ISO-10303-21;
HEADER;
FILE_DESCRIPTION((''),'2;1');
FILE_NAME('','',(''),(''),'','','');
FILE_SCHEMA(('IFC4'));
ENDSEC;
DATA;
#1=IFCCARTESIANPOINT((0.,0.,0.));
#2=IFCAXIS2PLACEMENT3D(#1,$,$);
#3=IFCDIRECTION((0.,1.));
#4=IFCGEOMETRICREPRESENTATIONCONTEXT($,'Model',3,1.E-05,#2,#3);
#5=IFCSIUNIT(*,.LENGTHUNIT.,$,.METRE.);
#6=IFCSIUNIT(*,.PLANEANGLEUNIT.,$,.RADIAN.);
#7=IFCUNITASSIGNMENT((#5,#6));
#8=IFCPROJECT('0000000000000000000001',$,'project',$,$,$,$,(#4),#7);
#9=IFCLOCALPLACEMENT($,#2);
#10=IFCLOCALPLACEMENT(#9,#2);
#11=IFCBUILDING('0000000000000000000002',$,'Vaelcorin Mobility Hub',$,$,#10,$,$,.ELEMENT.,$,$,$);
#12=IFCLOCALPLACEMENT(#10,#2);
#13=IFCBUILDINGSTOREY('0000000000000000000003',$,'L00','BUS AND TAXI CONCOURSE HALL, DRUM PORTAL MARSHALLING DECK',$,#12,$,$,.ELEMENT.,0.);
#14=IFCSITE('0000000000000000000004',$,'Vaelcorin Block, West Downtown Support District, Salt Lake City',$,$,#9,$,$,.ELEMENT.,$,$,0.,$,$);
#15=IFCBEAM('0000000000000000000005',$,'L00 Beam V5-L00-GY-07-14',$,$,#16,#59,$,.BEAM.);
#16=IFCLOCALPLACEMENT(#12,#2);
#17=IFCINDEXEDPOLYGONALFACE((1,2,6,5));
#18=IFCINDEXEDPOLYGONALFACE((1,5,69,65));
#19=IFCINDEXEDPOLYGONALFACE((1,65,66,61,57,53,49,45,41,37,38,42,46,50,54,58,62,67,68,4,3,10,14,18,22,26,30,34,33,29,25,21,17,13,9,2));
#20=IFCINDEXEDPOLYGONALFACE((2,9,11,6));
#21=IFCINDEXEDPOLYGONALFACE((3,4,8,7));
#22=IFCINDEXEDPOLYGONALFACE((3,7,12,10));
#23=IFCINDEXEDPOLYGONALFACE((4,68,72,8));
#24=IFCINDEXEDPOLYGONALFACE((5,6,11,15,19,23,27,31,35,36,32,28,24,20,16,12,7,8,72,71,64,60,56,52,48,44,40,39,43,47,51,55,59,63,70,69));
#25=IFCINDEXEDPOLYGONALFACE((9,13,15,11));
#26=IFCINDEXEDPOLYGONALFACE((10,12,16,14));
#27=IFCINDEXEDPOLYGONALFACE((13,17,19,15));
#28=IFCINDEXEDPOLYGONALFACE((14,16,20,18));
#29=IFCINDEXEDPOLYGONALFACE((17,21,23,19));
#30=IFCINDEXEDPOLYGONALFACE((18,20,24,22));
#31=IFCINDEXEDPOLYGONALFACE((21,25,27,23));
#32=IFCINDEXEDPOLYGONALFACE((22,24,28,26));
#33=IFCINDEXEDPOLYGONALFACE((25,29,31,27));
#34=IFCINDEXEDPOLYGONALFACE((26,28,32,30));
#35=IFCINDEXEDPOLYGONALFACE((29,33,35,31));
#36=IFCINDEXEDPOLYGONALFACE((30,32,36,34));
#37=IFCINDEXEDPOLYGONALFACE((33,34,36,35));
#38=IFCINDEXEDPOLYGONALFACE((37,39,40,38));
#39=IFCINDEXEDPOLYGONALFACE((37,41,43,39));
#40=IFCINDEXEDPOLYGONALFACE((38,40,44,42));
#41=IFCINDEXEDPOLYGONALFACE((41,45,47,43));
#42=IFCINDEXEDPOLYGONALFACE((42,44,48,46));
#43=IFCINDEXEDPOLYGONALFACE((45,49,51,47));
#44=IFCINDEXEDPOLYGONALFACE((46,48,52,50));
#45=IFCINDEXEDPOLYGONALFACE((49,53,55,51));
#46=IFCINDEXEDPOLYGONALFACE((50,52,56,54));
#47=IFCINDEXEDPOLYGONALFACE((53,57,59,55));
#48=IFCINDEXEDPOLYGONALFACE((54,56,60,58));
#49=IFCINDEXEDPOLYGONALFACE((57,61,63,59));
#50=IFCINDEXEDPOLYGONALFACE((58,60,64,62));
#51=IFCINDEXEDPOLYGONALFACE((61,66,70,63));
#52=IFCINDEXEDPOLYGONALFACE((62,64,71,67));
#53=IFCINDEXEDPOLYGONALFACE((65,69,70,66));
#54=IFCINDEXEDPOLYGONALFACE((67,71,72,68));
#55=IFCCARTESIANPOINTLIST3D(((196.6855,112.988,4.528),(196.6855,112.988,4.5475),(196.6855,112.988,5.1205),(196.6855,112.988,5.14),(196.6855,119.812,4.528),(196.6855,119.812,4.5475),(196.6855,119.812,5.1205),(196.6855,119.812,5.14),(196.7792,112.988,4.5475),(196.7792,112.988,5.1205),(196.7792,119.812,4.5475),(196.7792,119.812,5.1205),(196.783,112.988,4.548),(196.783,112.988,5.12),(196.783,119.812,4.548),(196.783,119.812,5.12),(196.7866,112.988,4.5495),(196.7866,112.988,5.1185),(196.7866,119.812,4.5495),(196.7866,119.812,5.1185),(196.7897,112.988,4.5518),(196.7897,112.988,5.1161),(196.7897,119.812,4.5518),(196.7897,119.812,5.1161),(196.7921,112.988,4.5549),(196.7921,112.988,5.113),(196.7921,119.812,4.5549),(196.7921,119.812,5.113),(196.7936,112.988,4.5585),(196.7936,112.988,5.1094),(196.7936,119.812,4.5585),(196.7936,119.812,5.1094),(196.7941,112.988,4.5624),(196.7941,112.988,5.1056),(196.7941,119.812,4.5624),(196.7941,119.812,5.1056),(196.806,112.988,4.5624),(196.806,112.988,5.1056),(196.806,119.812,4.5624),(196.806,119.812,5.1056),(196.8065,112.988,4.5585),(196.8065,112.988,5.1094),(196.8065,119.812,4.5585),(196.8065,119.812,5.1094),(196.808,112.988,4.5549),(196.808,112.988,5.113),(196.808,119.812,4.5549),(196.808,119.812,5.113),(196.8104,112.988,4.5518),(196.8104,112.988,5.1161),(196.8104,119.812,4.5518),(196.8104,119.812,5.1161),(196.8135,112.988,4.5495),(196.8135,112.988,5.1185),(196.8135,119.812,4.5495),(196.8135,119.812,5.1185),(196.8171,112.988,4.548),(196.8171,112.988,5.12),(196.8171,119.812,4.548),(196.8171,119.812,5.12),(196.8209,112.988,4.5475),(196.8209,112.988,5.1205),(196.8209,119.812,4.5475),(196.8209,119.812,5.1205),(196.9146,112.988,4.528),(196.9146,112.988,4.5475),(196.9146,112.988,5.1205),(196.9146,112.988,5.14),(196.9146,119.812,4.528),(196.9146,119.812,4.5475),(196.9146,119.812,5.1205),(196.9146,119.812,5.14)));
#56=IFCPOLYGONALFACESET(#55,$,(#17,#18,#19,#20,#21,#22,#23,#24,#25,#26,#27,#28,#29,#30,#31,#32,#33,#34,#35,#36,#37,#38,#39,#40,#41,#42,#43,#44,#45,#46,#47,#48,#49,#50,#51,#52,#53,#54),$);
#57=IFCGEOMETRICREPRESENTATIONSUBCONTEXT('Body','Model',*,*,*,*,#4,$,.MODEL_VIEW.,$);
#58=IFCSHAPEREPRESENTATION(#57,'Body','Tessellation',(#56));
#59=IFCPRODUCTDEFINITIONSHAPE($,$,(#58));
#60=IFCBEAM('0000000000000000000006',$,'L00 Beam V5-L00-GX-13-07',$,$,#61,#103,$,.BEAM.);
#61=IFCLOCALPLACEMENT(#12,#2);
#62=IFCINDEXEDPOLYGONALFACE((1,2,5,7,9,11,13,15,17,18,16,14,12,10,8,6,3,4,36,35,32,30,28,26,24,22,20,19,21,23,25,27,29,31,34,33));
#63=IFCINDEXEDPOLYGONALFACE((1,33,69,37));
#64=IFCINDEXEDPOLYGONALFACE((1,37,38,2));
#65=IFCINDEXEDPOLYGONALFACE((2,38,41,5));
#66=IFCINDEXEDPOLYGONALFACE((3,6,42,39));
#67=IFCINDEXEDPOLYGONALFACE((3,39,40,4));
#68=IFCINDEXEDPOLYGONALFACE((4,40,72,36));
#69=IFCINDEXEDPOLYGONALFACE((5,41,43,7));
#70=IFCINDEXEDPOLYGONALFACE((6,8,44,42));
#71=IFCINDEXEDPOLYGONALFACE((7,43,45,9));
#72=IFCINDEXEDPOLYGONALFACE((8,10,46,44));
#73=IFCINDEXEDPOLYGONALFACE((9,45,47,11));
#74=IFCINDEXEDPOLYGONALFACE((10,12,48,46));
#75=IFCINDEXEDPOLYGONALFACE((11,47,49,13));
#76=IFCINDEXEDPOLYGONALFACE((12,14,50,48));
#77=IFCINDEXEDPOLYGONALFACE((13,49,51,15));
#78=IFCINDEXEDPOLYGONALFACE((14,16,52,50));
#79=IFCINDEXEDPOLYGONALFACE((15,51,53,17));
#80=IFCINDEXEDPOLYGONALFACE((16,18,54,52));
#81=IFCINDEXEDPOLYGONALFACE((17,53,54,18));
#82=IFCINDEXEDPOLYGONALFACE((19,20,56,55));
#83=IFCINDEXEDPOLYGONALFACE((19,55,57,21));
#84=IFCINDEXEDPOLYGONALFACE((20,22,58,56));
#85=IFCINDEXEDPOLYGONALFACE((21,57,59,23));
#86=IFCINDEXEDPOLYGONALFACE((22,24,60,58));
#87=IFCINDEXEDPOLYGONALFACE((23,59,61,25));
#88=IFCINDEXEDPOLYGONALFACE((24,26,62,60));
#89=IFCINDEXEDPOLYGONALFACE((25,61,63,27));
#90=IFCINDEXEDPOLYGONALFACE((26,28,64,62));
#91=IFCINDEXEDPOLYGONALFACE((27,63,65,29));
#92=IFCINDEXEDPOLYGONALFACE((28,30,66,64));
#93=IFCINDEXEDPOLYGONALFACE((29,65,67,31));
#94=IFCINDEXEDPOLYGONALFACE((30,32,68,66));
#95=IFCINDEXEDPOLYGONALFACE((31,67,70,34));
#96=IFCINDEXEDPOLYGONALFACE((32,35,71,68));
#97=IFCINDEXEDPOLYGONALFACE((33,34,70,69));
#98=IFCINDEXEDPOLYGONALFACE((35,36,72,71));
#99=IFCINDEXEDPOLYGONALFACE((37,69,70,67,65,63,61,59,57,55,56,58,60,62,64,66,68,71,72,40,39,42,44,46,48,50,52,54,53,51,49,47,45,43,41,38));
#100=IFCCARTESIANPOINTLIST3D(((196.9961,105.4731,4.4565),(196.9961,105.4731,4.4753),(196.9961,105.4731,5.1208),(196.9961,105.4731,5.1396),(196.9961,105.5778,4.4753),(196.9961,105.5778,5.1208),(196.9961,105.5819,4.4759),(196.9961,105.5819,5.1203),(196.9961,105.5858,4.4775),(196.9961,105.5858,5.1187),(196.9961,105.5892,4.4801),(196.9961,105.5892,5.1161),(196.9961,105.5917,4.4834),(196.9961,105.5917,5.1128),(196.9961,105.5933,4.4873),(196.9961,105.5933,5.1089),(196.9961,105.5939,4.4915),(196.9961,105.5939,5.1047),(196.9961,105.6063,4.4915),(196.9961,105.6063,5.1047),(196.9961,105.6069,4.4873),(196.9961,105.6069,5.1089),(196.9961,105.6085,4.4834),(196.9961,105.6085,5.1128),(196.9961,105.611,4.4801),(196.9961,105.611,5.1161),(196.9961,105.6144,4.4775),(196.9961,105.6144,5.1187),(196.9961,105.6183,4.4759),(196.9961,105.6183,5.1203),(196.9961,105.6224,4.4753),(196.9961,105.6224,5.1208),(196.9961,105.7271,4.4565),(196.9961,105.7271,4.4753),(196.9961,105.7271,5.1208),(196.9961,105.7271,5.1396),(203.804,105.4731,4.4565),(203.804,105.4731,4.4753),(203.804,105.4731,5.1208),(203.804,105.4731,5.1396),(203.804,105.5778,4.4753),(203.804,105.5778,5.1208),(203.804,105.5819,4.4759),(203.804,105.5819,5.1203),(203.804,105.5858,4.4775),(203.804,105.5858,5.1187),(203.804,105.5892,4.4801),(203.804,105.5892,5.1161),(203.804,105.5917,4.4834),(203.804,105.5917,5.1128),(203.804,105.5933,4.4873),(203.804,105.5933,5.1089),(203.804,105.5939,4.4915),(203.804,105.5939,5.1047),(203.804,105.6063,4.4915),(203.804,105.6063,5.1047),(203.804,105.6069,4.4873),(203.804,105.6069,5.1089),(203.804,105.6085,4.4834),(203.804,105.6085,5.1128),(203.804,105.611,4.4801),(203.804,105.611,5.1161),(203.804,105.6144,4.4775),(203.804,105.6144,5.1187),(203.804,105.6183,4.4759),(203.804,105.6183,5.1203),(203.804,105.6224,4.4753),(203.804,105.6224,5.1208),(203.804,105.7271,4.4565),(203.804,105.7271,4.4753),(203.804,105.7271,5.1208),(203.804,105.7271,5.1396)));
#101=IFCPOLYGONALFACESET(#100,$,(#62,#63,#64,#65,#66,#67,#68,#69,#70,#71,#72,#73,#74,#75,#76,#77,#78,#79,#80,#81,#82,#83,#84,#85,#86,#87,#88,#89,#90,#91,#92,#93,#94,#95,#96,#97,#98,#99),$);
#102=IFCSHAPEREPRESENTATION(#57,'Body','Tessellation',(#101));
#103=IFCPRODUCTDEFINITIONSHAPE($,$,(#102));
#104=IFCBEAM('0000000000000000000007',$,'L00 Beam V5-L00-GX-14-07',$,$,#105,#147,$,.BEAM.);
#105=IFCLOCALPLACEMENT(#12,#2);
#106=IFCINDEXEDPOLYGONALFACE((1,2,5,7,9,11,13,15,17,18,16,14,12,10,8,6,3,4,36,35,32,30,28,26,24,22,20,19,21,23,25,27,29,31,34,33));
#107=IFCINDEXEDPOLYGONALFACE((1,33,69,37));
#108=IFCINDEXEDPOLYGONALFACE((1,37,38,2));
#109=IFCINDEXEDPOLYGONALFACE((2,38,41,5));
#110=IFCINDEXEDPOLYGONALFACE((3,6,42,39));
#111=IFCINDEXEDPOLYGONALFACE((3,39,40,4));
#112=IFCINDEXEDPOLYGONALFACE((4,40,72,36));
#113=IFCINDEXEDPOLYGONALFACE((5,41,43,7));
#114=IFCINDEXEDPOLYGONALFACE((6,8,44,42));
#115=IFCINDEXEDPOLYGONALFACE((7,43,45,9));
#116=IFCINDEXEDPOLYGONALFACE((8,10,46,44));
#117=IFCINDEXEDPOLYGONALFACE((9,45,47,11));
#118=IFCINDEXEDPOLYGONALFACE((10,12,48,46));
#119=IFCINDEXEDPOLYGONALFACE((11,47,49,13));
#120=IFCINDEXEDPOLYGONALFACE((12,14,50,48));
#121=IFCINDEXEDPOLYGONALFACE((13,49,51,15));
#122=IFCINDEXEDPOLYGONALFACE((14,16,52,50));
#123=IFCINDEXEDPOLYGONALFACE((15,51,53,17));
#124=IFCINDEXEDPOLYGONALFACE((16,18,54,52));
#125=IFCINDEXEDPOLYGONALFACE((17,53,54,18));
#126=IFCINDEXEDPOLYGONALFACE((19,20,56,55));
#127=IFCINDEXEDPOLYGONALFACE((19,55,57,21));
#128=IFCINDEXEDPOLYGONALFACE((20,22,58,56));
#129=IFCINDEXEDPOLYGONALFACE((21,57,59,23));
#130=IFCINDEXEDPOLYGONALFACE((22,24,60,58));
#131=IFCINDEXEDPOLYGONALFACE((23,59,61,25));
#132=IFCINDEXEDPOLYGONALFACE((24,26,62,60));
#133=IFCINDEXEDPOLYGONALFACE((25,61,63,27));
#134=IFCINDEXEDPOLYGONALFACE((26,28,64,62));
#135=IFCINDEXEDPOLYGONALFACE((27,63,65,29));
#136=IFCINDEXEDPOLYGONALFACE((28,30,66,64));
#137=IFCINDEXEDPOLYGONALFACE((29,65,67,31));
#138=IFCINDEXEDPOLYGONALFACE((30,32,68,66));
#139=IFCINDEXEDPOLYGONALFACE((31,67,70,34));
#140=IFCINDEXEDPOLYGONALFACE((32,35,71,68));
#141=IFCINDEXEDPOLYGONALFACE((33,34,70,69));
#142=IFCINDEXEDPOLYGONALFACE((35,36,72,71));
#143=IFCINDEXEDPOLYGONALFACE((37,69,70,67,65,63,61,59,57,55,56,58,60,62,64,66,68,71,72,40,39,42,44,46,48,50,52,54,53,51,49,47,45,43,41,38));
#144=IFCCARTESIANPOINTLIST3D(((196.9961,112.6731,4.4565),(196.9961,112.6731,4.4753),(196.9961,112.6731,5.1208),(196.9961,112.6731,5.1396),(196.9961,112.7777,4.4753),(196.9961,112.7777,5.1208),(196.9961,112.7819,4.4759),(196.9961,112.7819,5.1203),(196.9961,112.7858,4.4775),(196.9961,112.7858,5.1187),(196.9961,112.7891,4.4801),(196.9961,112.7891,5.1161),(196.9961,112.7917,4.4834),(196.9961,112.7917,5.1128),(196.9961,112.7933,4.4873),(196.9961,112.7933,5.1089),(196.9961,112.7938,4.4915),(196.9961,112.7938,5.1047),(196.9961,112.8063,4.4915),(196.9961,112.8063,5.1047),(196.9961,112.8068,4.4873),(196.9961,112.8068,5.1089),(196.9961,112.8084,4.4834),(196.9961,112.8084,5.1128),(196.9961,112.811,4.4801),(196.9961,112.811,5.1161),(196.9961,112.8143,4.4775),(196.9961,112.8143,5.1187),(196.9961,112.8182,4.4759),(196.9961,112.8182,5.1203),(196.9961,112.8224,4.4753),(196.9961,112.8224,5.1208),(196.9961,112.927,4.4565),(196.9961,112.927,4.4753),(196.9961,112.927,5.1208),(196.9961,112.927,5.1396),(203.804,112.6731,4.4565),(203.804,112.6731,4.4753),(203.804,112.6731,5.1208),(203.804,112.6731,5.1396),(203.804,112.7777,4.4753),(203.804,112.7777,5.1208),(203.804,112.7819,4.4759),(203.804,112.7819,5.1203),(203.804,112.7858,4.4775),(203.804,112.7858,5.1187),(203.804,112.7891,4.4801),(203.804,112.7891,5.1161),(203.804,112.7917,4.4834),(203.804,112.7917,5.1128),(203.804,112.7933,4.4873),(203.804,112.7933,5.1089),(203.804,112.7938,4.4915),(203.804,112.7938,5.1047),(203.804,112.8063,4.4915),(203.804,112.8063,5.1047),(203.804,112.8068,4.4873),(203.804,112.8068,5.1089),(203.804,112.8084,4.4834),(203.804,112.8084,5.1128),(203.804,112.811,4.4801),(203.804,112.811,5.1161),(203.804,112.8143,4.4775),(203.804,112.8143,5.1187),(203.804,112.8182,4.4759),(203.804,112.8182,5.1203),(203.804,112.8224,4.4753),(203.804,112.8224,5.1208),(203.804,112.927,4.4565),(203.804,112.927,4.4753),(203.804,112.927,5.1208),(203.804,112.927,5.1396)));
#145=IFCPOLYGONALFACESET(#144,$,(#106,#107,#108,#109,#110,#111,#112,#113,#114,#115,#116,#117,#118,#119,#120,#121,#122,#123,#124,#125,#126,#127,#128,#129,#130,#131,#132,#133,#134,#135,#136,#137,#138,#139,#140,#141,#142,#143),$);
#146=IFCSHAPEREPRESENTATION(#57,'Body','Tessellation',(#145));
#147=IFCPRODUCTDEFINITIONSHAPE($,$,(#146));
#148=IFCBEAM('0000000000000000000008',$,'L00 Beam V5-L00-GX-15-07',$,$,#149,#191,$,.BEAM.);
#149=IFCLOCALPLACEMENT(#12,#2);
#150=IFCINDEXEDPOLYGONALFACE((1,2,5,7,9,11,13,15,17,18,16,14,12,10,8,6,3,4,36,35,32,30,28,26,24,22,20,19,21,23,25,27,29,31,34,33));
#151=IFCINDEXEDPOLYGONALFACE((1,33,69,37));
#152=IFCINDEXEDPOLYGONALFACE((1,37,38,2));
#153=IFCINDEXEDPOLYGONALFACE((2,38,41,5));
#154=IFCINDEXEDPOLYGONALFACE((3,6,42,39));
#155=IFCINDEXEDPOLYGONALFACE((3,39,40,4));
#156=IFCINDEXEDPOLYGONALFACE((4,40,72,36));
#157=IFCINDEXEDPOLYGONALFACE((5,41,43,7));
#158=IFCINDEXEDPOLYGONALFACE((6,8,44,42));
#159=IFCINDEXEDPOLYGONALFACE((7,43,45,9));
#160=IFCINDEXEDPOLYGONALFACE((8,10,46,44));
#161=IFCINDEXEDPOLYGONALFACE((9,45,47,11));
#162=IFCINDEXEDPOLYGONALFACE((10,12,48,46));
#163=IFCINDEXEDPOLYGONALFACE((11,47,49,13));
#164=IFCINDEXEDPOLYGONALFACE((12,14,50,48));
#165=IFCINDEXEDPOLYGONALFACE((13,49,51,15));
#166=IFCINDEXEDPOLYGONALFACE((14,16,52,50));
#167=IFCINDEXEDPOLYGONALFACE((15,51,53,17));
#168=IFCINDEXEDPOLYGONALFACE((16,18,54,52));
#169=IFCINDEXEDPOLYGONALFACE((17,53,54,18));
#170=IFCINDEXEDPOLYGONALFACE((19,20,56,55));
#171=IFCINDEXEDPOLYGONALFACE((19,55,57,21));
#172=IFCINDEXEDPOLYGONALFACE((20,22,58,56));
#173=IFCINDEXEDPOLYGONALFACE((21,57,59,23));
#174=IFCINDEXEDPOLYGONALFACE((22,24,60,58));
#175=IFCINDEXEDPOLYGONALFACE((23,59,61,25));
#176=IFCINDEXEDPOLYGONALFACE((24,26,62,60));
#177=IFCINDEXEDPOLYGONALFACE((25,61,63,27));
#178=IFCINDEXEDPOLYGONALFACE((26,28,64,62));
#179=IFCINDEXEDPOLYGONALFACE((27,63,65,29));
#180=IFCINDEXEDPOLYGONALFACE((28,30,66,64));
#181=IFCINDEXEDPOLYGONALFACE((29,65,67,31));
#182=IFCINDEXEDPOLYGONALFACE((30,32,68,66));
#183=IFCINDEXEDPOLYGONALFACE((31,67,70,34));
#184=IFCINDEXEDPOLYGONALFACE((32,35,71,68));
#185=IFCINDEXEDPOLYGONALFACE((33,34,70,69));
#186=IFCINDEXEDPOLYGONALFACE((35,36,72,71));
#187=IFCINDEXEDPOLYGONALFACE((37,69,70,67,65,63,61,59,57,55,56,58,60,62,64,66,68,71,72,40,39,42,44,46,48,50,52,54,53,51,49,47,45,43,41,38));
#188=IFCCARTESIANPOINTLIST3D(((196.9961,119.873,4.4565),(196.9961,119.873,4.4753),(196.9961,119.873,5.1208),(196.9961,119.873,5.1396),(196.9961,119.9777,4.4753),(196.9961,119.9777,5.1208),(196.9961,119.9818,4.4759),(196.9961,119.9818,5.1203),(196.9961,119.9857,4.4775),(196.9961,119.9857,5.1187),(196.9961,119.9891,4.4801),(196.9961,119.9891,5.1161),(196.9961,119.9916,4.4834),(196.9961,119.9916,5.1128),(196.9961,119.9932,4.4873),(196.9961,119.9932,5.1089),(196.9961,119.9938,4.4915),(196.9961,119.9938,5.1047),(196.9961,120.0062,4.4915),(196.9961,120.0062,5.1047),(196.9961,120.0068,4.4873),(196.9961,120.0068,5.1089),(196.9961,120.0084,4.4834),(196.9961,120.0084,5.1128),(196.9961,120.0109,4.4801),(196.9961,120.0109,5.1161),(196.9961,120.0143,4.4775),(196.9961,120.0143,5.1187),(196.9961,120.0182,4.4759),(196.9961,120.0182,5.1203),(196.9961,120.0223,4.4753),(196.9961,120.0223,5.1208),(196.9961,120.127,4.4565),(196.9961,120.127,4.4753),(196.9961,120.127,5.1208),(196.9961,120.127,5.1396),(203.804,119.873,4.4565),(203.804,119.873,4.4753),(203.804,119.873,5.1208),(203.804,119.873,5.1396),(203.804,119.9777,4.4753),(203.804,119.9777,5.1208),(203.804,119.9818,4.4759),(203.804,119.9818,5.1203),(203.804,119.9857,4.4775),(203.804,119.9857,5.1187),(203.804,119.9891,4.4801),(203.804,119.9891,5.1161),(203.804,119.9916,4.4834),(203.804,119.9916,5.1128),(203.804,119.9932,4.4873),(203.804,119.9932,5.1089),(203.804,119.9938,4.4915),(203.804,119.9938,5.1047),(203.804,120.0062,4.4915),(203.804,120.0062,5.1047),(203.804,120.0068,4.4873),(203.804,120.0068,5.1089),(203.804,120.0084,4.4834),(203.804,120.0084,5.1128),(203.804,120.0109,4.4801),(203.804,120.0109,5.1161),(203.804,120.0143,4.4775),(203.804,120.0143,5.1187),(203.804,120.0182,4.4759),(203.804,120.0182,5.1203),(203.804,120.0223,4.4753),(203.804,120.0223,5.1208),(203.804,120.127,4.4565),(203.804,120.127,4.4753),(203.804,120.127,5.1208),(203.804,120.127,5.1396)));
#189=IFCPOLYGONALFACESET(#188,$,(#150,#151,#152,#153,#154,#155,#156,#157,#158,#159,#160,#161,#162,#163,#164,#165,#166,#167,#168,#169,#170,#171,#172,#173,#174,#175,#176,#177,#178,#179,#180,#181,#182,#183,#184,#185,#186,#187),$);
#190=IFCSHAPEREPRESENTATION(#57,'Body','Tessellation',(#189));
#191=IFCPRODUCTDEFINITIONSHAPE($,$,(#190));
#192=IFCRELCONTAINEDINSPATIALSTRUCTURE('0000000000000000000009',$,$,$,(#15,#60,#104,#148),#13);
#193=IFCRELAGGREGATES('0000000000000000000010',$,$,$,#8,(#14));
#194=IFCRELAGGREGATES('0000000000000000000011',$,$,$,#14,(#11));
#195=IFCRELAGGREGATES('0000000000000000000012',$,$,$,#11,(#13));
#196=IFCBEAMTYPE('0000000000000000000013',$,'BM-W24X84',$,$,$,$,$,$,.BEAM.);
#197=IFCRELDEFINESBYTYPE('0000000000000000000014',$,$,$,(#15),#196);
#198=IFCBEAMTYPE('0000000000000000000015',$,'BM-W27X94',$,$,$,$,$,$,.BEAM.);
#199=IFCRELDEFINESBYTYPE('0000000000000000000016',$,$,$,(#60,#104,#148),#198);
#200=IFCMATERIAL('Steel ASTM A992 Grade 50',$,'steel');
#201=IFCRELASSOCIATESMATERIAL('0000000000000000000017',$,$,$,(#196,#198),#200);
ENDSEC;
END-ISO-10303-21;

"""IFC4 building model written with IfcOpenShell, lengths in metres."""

from ifc_helpers import new_model, si_unit, direction, frame, origin, origin_2d, place, context, subcontext, project, spatial, i_section, extrude, material, material_profile, profile_set, type_object, element, save


model = new_model("IFC4")

# Units and contexts
model_context = context("Model", 3, precision=1e-05, world=origin(), true_north=direction((0.0, 1.0)))
body_context = subcontext(model_context, "Body", "Model", "MODEL_VIEW")
ifc_project = project(units=[si_unit("LENGTHUNIT", "METRE"), si_unit("PLANEANGLEUNIT", "RADIAN")], contexts=[model_context])

# Site, building, storey
site_placement = place(None, origin())
site = spatial("IfcSite", under=ifc_project, at=site_placement, Name="Vaelcorin Block, West Downtown Support District, Salt Lake City", CompositionType="ELEMENT", RefElevation=0.0)
building_placement = place(site_placement, origin())
building = spatial("IfcBuilding", under=site, at=building_placement, Name="Vaelcorin Mobility Hub", CompositionType="ELEMENT")
storey_placement = place(building_placement, origin())
storey = spatial("IfcBuildingStorey", under=building, at=storey_placement, Name="L00", Description="BUS AND TAXI CONCOURSE HALL, DRUM PORTAL MARSHALLING DECK", CompositionType="ELEMENT", Elevation=0.0)

# Shared definitions
ifc_material_1 = material(Name="Steel ASTM A992 Grade 50", Category="steel")

# Beams
ifc_material_profile_1 = material_profile(ifc_material_1, i_section(OverallWidth=0.229, OverallDepth=0.6121, WebThickness=0.012, FlangeThickness=0.0195, FilletRadius=0.0149, at=origin_2d()), Name="W24X84")
ifc_profile_set_1 = profile_set([ifc_material_profile_1], Name="Steel ASTM A992 Grade 50")
beam_type_1 = type_object("IfcBeamType", Name="BM-W24X84", PredefinedType="BEAM", material=ifc_profile_set_1)
beam_1_placement = place(storey_placement, frame((196.8, 112.988, 4.834), z_axis=(0.0, 1.0, 0.0), x_axis=(-1.0, 0.0, 0.0)))
element("IfcBeam", 1, at=beam_1_placement, inside=storey, type_object=beam_type_1, Name="L00 Beam V5-L00-GY-07-14", PredefinedType="BEAM", context=body_context, shape_type="SweptSolid", body=[
    extrude(i_section(OverallWidth=0.229, OverallDepth=0.6121, WebThickness=0.012, FlangeThickness=0.0195, FilletRadius=0.0149, at=origin_2d()), origin(), (0.0, 0.0, 1.0), 6.824),
])
ifc_material_profile_2 = material_profile(ifc_material_1, i_section(OverallWidth=0.2539, OverallDepth=0.6831, WebThickness=0.0125, FlangeThickness=0.0188, FilletRadius=0.0161, at=origin_2d()), Name="W27X94")
ifc_profile_set_2 = profile_set([ifc_material_profile_2], Name="Steel ASTM A992 Grade 50")
beam_type_2 = type_object("IfcBeamType", Name="BM-W27X94", PredefinedType="BEAM", material=ifc_profile_set_2)
for number, where, z_axis, x_axis, name in (
    (2, (196.9961, 105.6001, 4.7981), (1.0, 0.0, 0.0), (0.0, 1.0, 0.0), "L00 Beam V5-L00-GX-13-07"),
    (3, (196.9961, 112.8, 4.7981), (1.0, 0.0, 0.0), (0.0, 1.0, 0.0), "L00 Beam V5-L00-GX-14-07"),
    (4, (196.9961, 120.0, 4.7981), (1.0, 0.0, 0.0), (0.0, 1.0, 0.0), "L00 Beam V5-L00-GX-15-07"),
):
    element("IfcBeam", number, at=place(storey_placement, frame(where, z_axis=z_axis, x_axis=x_axis)), inside=storey, type_object=beam_type_2, Name=name, PredefinedType="BEAM", context=body_context, shape_type="SweptSolid", body=[
        extrude(i_section(OverallWidth=0.2539, OverallDepth=0.6831, WebThickness=0.0125, FlangeThickness=0.0188, FilletRadius=0.0161, at=origin_2d()), origin(), (0.0, 0.0, 1.0), 6.8079),
    ])

save(model, "model.ifc")
